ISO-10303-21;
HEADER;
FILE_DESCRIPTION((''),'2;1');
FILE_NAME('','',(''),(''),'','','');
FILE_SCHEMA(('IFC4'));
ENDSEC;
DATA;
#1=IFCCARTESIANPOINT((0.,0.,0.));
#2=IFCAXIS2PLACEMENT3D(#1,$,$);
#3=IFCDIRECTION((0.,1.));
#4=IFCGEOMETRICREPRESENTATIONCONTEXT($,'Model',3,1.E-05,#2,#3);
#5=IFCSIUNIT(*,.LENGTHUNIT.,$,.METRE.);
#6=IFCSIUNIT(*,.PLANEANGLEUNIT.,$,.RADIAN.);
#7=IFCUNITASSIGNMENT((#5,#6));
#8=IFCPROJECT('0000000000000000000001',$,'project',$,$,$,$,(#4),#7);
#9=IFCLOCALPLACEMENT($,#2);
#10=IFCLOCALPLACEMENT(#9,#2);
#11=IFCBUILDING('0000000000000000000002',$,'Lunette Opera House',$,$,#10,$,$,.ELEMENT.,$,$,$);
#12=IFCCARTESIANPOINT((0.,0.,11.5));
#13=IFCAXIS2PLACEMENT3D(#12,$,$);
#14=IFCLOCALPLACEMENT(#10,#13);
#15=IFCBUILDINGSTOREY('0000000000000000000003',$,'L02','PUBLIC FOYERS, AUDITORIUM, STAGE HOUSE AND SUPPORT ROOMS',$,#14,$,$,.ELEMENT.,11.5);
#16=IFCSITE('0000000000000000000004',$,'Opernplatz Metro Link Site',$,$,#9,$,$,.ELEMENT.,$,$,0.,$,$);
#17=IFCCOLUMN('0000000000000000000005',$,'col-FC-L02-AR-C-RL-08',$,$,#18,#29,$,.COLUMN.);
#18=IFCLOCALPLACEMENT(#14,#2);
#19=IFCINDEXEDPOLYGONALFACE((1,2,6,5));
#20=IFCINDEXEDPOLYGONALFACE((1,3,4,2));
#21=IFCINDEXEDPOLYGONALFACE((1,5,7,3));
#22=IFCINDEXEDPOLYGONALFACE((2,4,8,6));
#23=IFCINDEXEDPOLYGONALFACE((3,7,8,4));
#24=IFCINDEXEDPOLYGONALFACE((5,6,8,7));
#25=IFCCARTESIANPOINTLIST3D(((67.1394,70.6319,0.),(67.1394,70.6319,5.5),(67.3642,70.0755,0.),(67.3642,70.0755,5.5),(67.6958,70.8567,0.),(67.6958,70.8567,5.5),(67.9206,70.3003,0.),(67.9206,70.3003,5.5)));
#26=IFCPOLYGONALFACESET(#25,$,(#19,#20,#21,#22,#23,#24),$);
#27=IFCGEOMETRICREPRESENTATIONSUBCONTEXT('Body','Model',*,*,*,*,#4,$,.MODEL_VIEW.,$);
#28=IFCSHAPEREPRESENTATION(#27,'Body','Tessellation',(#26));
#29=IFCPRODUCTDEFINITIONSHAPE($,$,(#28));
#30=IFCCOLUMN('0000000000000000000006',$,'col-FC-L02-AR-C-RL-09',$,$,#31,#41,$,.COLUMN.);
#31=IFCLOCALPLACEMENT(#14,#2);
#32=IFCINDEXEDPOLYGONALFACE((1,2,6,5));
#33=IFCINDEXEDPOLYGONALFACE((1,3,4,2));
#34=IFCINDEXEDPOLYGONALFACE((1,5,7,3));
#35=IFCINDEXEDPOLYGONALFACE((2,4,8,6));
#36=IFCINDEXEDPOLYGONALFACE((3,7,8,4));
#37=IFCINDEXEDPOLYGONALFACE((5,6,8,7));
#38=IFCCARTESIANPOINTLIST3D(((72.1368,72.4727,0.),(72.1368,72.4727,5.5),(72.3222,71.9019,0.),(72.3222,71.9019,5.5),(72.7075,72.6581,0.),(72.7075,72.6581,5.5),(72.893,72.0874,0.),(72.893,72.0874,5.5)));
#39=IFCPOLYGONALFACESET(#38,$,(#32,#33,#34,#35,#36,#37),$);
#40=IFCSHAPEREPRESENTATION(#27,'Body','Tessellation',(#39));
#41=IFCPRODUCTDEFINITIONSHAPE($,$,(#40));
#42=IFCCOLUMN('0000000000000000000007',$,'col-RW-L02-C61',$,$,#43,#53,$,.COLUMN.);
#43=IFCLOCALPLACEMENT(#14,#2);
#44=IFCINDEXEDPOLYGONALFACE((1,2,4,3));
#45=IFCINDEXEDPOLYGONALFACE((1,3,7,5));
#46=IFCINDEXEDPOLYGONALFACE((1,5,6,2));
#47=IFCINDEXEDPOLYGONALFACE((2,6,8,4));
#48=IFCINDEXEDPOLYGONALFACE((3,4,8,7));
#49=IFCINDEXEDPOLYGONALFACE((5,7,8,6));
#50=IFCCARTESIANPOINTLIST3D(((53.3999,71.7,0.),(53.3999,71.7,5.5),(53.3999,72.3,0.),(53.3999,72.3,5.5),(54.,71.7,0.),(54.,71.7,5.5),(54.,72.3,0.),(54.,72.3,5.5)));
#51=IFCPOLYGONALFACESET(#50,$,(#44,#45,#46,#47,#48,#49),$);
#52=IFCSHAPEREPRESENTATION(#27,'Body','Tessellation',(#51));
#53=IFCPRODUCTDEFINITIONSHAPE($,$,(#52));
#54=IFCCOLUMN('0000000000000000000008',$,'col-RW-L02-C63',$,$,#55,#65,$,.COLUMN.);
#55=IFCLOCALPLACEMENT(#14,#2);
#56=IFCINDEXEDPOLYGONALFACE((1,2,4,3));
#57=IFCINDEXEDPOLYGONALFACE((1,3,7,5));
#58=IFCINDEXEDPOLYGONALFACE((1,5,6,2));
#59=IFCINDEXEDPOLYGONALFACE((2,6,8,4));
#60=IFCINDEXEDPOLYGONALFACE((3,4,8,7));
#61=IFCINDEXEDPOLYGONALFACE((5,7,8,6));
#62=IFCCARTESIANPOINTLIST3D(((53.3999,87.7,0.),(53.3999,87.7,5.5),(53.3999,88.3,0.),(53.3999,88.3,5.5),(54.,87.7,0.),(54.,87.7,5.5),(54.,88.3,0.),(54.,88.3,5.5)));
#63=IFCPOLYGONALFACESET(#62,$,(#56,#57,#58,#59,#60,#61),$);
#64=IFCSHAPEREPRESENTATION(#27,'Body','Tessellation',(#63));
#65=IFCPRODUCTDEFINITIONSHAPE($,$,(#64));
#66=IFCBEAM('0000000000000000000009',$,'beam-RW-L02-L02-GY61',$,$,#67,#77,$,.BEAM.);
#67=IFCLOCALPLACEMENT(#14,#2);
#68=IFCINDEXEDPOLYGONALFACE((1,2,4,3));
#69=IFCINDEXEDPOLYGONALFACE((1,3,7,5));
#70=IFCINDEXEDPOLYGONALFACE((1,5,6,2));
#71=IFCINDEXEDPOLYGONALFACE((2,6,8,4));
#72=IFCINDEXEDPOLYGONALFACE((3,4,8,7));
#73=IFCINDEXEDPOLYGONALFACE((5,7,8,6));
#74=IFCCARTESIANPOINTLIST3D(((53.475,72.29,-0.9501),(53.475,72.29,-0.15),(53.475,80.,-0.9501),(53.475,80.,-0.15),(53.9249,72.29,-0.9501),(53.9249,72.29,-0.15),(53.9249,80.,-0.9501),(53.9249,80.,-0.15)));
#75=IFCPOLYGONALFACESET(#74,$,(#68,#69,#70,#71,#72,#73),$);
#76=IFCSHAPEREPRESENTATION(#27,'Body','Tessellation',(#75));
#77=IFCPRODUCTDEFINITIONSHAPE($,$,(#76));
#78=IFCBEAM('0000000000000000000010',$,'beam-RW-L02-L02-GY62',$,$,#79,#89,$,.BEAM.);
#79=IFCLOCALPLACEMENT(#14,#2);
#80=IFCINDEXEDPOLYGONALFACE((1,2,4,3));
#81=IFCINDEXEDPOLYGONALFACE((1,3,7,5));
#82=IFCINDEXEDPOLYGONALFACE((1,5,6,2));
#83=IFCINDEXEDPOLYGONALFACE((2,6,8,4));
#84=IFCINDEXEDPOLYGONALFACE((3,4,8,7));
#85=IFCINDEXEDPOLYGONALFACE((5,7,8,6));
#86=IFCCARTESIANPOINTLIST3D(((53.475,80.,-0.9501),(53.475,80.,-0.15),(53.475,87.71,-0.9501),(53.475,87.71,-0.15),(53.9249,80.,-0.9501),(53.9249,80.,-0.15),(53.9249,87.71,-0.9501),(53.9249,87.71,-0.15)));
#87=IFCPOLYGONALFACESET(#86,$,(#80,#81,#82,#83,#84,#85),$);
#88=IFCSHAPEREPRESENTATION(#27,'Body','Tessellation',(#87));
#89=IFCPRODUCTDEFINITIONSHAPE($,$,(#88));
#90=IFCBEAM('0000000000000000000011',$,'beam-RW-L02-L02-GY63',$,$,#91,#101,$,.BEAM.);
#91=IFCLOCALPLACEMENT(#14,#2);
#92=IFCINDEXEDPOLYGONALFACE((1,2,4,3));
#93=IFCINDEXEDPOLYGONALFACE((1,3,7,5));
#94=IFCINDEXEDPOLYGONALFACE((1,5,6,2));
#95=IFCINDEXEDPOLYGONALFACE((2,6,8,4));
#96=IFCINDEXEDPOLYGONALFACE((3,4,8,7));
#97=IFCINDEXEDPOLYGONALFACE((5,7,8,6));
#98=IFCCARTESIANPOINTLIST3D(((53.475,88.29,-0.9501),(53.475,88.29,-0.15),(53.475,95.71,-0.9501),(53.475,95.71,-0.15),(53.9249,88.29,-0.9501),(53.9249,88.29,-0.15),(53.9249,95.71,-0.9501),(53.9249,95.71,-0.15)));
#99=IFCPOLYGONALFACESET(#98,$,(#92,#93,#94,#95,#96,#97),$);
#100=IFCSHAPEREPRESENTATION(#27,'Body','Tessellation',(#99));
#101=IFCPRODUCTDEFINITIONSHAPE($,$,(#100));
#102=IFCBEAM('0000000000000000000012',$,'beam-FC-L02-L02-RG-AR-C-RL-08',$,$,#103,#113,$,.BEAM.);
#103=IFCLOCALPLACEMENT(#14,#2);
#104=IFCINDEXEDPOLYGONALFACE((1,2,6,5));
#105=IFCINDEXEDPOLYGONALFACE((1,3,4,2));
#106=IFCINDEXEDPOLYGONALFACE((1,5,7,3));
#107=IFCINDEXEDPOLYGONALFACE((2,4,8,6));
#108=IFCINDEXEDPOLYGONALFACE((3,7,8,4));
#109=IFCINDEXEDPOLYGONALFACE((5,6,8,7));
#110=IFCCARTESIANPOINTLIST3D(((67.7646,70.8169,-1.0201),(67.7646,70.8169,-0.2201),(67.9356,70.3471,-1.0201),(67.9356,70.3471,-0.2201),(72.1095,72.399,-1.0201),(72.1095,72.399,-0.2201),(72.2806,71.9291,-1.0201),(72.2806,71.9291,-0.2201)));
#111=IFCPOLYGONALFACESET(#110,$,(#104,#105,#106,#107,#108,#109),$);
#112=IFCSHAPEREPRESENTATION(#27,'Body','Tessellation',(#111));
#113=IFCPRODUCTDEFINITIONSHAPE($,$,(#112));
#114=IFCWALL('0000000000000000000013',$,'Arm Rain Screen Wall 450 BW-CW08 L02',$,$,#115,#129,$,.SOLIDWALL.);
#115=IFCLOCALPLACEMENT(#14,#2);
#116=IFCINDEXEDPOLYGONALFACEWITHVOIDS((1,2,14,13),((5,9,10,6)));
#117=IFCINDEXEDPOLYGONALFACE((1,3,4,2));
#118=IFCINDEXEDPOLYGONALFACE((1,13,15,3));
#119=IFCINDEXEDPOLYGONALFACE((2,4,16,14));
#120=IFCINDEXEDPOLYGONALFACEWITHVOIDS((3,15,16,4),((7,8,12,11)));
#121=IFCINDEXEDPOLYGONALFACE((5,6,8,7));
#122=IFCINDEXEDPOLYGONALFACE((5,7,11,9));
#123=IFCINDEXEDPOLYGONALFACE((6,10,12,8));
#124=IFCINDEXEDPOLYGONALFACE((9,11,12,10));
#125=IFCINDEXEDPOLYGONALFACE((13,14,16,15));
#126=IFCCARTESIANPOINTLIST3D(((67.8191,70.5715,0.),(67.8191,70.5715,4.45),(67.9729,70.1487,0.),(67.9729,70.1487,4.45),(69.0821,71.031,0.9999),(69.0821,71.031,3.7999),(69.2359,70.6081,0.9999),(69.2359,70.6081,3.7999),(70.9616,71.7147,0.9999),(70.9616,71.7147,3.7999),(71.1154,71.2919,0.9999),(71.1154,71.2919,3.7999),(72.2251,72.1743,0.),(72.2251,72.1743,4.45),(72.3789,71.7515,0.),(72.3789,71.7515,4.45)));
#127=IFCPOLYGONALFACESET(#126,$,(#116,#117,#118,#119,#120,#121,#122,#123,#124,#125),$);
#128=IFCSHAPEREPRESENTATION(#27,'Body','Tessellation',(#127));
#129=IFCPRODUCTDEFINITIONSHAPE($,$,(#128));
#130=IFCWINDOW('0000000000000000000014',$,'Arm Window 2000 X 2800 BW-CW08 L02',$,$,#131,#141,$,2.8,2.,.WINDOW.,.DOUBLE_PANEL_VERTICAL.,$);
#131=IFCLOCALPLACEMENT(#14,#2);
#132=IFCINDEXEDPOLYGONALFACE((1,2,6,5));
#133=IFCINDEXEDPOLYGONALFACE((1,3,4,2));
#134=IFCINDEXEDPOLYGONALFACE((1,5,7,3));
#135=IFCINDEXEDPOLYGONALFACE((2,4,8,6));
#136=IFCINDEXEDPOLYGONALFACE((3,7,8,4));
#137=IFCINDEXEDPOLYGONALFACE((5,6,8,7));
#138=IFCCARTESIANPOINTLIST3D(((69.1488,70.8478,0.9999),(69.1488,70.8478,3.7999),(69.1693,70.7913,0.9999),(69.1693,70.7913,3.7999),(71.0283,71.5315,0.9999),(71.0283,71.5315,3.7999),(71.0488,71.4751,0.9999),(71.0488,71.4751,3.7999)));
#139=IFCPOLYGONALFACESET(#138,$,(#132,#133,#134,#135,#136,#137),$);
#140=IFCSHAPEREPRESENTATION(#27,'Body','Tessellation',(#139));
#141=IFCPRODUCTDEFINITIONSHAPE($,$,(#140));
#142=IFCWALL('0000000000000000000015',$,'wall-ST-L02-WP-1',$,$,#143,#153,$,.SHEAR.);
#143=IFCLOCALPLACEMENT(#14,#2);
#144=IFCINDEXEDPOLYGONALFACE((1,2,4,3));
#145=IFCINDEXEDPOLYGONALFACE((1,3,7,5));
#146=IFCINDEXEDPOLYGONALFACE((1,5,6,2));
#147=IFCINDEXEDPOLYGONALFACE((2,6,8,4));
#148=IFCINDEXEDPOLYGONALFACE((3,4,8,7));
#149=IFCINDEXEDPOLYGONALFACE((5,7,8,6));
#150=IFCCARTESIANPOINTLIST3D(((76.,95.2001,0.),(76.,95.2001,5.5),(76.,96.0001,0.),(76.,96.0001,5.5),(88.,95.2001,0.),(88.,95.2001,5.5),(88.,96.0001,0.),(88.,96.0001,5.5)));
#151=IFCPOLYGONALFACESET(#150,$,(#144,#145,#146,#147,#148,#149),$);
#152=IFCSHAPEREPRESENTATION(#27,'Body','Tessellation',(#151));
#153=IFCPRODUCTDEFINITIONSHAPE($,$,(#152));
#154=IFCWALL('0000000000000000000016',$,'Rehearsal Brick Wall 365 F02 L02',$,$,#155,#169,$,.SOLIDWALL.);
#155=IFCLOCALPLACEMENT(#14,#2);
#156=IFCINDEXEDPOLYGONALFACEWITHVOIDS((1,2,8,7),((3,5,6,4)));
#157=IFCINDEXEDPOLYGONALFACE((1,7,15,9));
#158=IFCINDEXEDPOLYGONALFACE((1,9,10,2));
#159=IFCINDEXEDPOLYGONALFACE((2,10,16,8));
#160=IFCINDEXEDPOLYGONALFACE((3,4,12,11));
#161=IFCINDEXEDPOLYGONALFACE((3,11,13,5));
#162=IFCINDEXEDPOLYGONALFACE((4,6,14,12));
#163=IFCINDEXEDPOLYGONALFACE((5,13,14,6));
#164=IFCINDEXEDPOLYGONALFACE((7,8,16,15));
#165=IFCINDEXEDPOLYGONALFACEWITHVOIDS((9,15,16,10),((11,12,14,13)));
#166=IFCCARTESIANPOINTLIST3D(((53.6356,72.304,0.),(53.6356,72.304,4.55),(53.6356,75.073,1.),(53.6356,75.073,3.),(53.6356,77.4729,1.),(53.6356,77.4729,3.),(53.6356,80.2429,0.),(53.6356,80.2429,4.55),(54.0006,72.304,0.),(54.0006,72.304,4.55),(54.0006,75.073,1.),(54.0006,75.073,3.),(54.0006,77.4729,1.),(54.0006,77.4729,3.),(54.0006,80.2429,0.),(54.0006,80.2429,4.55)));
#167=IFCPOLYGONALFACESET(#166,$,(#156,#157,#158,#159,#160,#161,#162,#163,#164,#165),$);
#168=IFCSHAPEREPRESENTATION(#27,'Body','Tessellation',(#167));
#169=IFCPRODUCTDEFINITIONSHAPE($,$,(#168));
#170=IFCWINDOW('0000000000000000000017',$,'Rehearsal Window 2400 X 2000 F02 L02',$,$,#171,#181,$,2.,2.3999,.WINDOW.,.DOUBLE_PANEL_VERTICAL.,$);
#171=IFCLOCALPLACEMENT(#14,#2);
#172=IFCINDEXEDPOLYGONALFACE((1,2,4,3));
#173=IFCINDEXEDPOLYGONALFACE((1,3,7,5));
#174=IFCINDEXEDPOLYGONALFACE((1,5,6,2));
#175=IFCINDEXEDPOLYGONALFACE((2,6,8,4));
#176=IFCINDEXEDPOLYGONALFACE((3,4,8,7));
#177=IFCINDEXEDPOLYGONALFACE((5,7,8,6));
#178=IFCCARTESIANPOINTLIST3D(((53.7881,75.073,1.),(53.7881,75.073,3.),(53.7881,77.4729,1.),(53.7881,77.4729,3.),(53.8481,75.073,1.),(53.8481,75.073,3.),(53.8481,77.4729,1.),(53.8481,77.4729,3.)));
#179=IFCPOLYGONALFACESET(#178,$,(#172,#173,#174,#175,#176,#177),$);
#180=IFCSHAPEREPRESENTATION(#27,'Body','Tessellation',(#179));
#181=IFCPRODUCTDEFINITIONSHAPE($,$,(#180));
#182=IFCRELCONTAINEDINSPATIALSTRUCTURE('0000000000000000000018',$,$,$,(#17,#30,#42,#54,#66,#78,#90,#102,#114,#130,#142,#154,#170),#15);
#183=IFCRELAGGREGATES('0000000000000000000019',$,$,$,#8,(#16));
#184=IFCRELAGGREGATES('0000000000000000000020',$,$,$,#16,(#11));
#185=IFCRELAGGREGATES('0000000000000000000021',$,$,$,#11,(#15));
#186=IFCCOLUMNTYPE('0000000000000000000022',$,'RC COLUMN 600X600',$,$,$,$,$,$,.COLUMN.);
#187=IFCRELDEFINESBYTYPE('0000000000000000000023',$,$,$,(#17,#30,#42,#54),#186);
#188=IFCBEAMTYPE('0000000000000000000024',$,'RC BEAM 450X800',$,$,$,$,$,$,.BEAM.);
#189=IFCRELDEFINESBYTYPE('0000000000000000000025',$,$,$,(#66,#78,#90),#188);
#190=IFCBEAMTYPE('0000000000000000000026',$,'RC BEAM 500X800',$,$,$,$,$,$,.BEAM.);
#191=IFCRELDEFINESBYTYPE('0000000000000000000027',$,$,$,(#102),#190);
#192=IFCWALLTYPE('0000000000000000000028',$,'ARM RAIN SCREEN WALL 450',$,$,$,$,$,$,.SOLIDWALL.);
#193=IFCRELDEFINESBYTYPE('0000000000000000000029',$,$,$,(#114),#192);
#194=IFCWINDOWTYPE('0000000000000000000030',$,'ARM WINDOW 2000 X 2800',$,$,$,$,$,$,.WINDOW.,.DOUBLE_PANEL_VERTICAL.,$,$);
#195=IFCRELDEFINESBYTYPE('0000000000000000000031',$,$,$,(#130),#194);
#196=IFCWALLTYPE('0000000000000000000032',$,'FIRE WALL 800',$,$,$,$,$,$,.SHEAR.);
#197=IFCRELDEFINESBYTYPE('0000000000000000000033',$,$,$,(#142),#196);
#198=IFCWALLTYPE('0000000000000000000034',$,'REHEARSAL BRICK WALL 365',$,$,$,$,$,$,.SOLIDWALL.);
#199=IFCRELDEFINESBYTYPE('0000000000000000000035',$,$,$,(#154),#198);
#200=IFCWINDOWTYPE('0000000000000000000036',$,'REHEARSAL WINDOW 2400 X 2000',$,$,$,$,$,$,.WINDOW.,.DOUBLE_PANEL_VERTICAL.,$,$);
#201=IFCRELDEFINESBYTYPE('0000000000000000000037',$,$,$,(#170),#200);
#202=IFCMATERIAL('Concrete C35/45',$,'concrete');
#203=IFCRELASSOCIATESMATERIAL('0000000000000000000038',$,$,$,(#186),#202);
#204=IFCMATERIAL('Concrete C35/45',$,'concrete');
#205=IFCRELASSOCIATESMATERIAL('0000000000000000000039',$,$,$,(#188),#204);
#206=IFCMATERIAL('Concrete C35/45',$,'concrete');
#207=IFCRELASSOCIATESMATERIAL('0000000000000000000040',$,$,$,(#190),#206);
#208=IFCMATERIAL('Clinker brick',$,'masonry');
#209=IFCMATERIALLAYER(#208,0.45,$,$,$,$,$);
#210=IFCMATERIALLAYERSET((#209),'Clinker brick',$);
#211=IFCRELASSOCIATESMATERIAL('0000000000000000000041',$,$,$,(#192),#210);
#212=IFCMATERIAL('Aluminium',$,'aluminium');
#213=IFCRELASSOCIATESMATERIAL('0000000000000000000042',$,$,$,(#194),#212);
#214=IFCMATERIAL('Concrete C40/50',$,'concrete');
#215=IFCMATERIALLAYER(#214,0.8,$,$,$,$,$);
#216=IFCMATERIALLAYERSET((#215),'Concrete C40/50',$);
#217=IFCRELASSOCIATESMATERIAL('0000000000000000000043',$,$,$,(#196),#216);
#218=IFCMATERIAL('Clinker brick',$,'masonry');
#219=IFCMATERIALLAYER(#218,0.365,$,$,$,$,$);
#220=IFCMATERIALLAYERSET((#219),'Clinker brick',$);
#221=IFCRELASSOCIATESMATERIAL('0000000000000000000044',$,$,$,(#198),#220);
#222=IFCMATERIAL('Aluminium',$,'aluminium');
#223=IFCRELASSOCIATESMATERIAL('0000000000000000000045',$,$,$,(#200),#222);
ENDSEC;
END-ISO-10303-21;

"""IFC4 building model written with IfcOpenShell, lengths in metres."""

from ifc_helpers import new_model, si_unit, direction, frame, frame_2d, origin, origin_2d, place, context, subcontext, project, spatial, rectangle, extrude, material, layer, layer_set, material_profile, profile_set, type_object, element, fill, save


model = new_model("IFC4")

# Units and contexts
model_context = context("Model", 3, precision=1e-05, world=origin(), true_north=direction((0.0, 1.0)))
body_context = subcontext(model_context, "Body", "Model", "MODEL_VIEW")
ifc_project = project(units=[si_unit("LENGTHUNIT", "METRE"), si_unit("PLANEANGLEUNIT", "RADIAN")], contexts=[model_context])

# Site, building, storey
site_placement = place(None, origin())
site = spatial("IfcSite", under=ifc_project, at=site_placement, Name="Opernplatz Metro Link Site", CompositionType="ELEMENT", RefElevation=0.0)
building_placement = place(site_placement, origin())
building = spatial("IfcBuilding", under=site, at=building_placement, Name="Lunette Opera House", CompositionType="ELEMENT")
storey_placement = place(building_placement, frame((0.0, 0.0, 11.5)))
storey = spatial("IfcBuildingStorey", under=building, at=storey_placement, Name="L02", Description="PUBLIC FOYERS, AUDITORIUM, STAGE HOUSE AND SUPPORT ROOMS", CompositionType="ELEMENT", Elevation=11.5)

# Columns
ifc_material_1 = material(Name="Concrete C35/45", Category="concrete")
ifc_material_profile_1 = material_profile(ifc_material_1, rectangle(XDim=0.6001, YDim=0.6001, at=origin_2d()), Name="RC COLUMN 600X600")
ifc_profile_set_1 = profile_set([ifc_material_profile_1], Name="Concrete C35/45")
column_type = type_object("IfcColumnType", Name="RC COLUMN 600X600", PredefinedType="COLUMN", material=ifc_profile_set_1)
for number, where, z_axis, x_axis, name in (
    (1, (67.53, 70.4661, 0.0), (0.0, 0.0, 1.0), (0.927184, 0.374607, 0.0), "col-FC-L02-AR-C-RL-08"),
    (2, (72.5149, 72.28, 0.0), (0.0, 0.0, 1.0), (0.951057, 0.309017, 0.0), "col-FC-L02-AR-C-RL-09"),
    (3, (53.7, 72.0, 0.0), (0.0, 0.0, 1.0), (1.0, 0.0, 0.0), "col-RW-L02-C61"),
    (4, (53.7, 88.0, 0.0), (0.0, 0.0, 1.0), (1.0, 0.0, 0.0), "col-RW-L02-C63"),
):
    element("IfcColumn", number, at=place(storey_placement, frame(where, z_axis=z_axis, x_axis=x_axis)), inside=storey, type_object=column_type, Name=name, PredefinedType="COLUMN", context=body_context, shape_type="SweptSolid", body=[
        extrude(rectangle(XDim=0.6001, YDim=0.6001, at=origin_2d()), origin(), (0.0, 0.0, 1.0), 5.5),
    ])

# Beams
ifc_material_2 = material(Name="Concrete C35/45", Category="concrete")
ifc_material_profile_2 = material_profile(ifc_material_2, rectangle(XDim=0.45, YDim=0.8, at=origin_2d()), Name="RC BEAM 450X800")
ifc_profile_set_2 = profile_set([ifc_material_profile_2], Name="Concrete C35/45")
beam_type_1 = type_object("IfcBeamType", Name="RC BEAM 450X800", PredefinedType="BEAM", material=ifc_profile_set_2)
for number, where, z_axis, x_axis, name in (
    (5, (53.7, 72.29, -0.55), (0.0, 1.0, 0.0), (-1.0, 0.0, 0.0), "beam-RW-L02-L02-GY61"),
    (6, (53.7, 80.0, -0.55), (0.0, 1.0, 0.0), (-1.0, 0.0, 0.0), "beam-RW-L02-L02-GY62"),
):
    element("IfcBeam", number, at=place(storey_placement, frame(where, z_axis=z_axis, x_axis=x_axis)), inside=storey, type_object=beam_type_1, Name=name, PredefinedType="BEAM", context=body_context, shape_type="SweptSolid", body=[
        extrude(rectangle(XDim=0.45, YDim=0.8, at=origin_2d()), origin(), (0.0, 0.0, 1.0), 7.71),
    ])
beam_1_placement = place(storey_placement, frame((53.7, 88.29, -0.55), z_axis=(0.0, 1.0, 0.0), x_axis=(-1.0, 0.0, 0.0)))
element("IfcBeam", 7, at=beam_1_placement, inside=storey, type_object=beam_type_1, Name="beam-RW-L02-L02-GY63", PredefinedType="BEAM", context=body_context, shape_type="SweptSolid", body=[
    extrude(rectangle(XDim=0.45, YDim=0.8, at=origin_2d()), origin(), (0.0, 0.0, 1.0), 7.4199),
])
ifc_material_3 = material(Name="Concrete C35/45", Category="concrete")
ifc_material_profile_3 = material_profile(ifc_material_3, rectangle(XDim=0.5, YDim=0.8, at=origin_2d()), Name="RC BEAM 500X800")
ifc_profile_set_3 = profile_set([ifc_material_profile_3], Name="Concrete C35/45")
beam_type_2 = type_object("IfcBeamType", Name="RC BEAM 500X800", PredefinedType="BEAM", material=ifc_profile_set_3)
beam_2_placement = place(storey_placement, frame((67.8501, 70.582, -0.6201), z_axis=(0.939652, 0.342133, 0.0), x_axis=(-0.342133, 0.939652, 0.0)))
element("IfcBeam", 8, at=beam_2_placement, inside=storey, type_object=beam_type_2, Name="beam-FC-L02-L02-RG-AR-C-RL-08", PredefinedType="BEAM", context=body_context, shape_type="SweptSolid", body=[
    extrude(rectangle(XDim=0.5, YDim=0.8, at=origin_2d()), origin(), (0.0, 0.0, 1.0), 4.624),
])

# Wall, opening, window
ifc_material_4 = material(Name="Clinker brick", Category="masonry")
ifc_layer_1 = layer(ifc_material_4, 0.45)
ifc_layer_set_1 = layer_set([ifc_layer_1], Name="Clinker brick")
wall_type_1 = type_object("IfcWallType", Name="ARM RAIN SCREEN WALL 450", PredefinedType="SOLIDWALL", material=ifc_layer_set_1)
wall_1_placement = place(storey_placement, frame((67.896, 70.3601, 0.0), z_axis=(0.0, 0.0, 1.0), x_axis=(0.939752, 0.341856, 0.0)))
wall_1 = element("IfcWall", 9, at=wall_1_placement, inside=storey, type_object=wall_type_1, Name="Arm Rain Screen Wall 450 BW-CW08 L02", PredefinedType="SOLIDWALL", context=body_context, shape_type="SweptSolid", body=[
    extrude(rectangle(XDim=4.6885, YDim=0.45, at=frame_2d((2.3442, 0.0))), origin(), (0.0, 0.0, 1.0), 4.45),
])
opening_1_placement = place(wall_1_placement, frame((1.344, 0.0, 1.0)))
opening_1 = element("IfcOpeningElement", 10, at=opening_1_placement, cuts=wall_1, PredefinedType="OPENING", context=body_context, shape_type="SweptSolid", body=[
    extrude(rectangle(XDim=2.0, YDim=2.8, at=frame_2d((1.0, 1.3999))), frame((0.0, 0.2371, 0.0), z_axis=(0.0, -1.0, 0.0), x_axis=(1.0, 0.0, 0.0)), (0.0, 0.0, 1.0), 0.4739),
])
ifc_material_5 = material(Name="Aluminium", Category="aluminium")
window_type_1 = type_object("IfcWindowType", Name="ARM WINDOW 2000 X 2800", PartitioningType="DOUBLE_PANEL_VERTICAL", PredefinedType="WINDOW", material=ifc_material_5)
window_1_placement = place(opening_1_placement, origin())
window_1 = element("IfcWindow", 11, at=window_1_placement, inside=storey, type_object=window_type_1, Name="Arm Window 2000 X 2800 BW-CW08 L02", OverallHeight=2.8, OverallWidth=2.0, PartitioningType="DOUBLE_PANEL_VERTICAL", PredefinedType="WINDOW", context=body_context, shape_type="SweptSolid", body=[
    extrude(rectangle(XDim=2.0, YDim=2.8, at=frame_2d((1.0, 1.3999))), frame((0.0, 0.03, 0.0), z_axis=(0.0, -1.0, 0.0), x_axis=(1.0, 0.0, 0.0)), (0.0, 0.0, 1.0), 0.0601),
])
fill(opening_1, window_1)

# Wall
ifc_material_6 = material(Name="Concrete C40/50", Category="concrete")
ifc_layer_2 = layer(ifc_material_6, 0.8)
ifc_layer_set_2 = layer_set([ifc_layer_2], Name="Concrete C40/50")
wall_type_2 = type_object("IfcWallType", Name="FIRE WALL 800", PredefinedType="SHEAR", material=ifc_layer_set_2)
wall_2_placement = place(storey_placement, frame((76.0, 95.6001, 0.0), z_axis=(0.0, 0.0, 1.0), x_axis=(1.0, 0.0, 0.0)))
element("IfcWall", 12, at=wall_2_placement, inside=storey, type_object=wall_type_2, Name="wall-ST-L02-WP-1", PredefinedType="SHEAR", context=body_context, shape_type="SweptSolid", body=[
    extrude(rectangle(XDim=12.0, YDim=0.8, at=frame_2d((6.0, 0.0))), origin(), (0.0, 0.0, 1.0), 5.5),
])

# Wall, opening, window
ifc_material_7 = material(Name="Clinker brick", Category="masonry")
ifc_layer_3 = layer(ifc_material_7, 0.365)
ifc_layer_set_3 = layer_set([ifc_layer_3], Name="Clinker brick")
wall_type_3 = type_object("IfcWallType", Name="REHEARSAL BRICK WALL 365", PredefinedType="SOLIDWALL", material=ifc_layer_set_3)
wall_3_placement = place(storey_placement, frame((53.8181, 72.304, 0.0), z_axis=(0.0, 0.0, 1.0), x_axis=(0.0, 1.0, 0.0)))
wall_3 = element("IfcWall", 13, at=wall_3_placement, inside=storey, type_object=wall_type_3, Name="Rehearsal Brick Wall 365 F02 L02", PredefinedType="SOLIDWALL", context=body_context, shape_type="SweptSolid", body=[
    extrude(rectangle(XDim=7.939, YDim=0.365, at=frame_2d((3.9695, 0.0))), origin(), (0.0, 0.0, 1.0), 4.55),
])
opening_2_placement = place(wall_3_placement, frame((2.769, 0.0, 1.0)))
opening_2 = element("IfcOpeningElement", 14, at=opening_2_placement, cuts=wall_3, PredefinedType="OPENING", context=body_context, shape_type="SweptSolid", body=[
    extrude(rectangle(XDim=2.3999, YDim=2.0, at=frame_2d((1.2, 1.0))), frame((0.0, 0.1946, 0.0), z_axis=(0.0, -1.0, 0.0), x_axis=(1.0, 0.0, 0.0)), (0.0, 0.0, 1.0), 0.3889),
])
ifc_material_8 = material(Name="Aluminium", Category="aluminium")
window_type_2 = type_object("IfcWindowType", Name="REHEARSAL WINDOW 2400 X 2000", PartitioningType="DOUBLE_PANEL_VERTICAL", PredefinedType="WINDOW", material=ifc_material_8)
window_2_placement = place(opening_2_placement, origin())
window_2 = element("IfcWindow", 15, at=window_2_placement, inside=storey, type_object=window_type_2, Name="Rehearsal Window 2400 X 2000 F02 L02", OverallHeight=2.0, OverallWidth=2.3999, PartitioningType="DOUBLE_PANEL_VERTICAL", PredefinedType="WINDOW", context=body_context, shape_type="SweptSolid", body=[
    extrude(rectangle(XDim=2.3999, YDim=2.0, at=frame_2d((1.2, 1.0))), frame((0.0, 0.03, 0.0), z_axis=(0.0, -1.0, 0.0), x_axis=(1.0, 0.0, 0.0)), (0.0, 0.0, 1.0), 0.0601),
])
fill(opening_2, window_2)

save(model, "model.ifc")
